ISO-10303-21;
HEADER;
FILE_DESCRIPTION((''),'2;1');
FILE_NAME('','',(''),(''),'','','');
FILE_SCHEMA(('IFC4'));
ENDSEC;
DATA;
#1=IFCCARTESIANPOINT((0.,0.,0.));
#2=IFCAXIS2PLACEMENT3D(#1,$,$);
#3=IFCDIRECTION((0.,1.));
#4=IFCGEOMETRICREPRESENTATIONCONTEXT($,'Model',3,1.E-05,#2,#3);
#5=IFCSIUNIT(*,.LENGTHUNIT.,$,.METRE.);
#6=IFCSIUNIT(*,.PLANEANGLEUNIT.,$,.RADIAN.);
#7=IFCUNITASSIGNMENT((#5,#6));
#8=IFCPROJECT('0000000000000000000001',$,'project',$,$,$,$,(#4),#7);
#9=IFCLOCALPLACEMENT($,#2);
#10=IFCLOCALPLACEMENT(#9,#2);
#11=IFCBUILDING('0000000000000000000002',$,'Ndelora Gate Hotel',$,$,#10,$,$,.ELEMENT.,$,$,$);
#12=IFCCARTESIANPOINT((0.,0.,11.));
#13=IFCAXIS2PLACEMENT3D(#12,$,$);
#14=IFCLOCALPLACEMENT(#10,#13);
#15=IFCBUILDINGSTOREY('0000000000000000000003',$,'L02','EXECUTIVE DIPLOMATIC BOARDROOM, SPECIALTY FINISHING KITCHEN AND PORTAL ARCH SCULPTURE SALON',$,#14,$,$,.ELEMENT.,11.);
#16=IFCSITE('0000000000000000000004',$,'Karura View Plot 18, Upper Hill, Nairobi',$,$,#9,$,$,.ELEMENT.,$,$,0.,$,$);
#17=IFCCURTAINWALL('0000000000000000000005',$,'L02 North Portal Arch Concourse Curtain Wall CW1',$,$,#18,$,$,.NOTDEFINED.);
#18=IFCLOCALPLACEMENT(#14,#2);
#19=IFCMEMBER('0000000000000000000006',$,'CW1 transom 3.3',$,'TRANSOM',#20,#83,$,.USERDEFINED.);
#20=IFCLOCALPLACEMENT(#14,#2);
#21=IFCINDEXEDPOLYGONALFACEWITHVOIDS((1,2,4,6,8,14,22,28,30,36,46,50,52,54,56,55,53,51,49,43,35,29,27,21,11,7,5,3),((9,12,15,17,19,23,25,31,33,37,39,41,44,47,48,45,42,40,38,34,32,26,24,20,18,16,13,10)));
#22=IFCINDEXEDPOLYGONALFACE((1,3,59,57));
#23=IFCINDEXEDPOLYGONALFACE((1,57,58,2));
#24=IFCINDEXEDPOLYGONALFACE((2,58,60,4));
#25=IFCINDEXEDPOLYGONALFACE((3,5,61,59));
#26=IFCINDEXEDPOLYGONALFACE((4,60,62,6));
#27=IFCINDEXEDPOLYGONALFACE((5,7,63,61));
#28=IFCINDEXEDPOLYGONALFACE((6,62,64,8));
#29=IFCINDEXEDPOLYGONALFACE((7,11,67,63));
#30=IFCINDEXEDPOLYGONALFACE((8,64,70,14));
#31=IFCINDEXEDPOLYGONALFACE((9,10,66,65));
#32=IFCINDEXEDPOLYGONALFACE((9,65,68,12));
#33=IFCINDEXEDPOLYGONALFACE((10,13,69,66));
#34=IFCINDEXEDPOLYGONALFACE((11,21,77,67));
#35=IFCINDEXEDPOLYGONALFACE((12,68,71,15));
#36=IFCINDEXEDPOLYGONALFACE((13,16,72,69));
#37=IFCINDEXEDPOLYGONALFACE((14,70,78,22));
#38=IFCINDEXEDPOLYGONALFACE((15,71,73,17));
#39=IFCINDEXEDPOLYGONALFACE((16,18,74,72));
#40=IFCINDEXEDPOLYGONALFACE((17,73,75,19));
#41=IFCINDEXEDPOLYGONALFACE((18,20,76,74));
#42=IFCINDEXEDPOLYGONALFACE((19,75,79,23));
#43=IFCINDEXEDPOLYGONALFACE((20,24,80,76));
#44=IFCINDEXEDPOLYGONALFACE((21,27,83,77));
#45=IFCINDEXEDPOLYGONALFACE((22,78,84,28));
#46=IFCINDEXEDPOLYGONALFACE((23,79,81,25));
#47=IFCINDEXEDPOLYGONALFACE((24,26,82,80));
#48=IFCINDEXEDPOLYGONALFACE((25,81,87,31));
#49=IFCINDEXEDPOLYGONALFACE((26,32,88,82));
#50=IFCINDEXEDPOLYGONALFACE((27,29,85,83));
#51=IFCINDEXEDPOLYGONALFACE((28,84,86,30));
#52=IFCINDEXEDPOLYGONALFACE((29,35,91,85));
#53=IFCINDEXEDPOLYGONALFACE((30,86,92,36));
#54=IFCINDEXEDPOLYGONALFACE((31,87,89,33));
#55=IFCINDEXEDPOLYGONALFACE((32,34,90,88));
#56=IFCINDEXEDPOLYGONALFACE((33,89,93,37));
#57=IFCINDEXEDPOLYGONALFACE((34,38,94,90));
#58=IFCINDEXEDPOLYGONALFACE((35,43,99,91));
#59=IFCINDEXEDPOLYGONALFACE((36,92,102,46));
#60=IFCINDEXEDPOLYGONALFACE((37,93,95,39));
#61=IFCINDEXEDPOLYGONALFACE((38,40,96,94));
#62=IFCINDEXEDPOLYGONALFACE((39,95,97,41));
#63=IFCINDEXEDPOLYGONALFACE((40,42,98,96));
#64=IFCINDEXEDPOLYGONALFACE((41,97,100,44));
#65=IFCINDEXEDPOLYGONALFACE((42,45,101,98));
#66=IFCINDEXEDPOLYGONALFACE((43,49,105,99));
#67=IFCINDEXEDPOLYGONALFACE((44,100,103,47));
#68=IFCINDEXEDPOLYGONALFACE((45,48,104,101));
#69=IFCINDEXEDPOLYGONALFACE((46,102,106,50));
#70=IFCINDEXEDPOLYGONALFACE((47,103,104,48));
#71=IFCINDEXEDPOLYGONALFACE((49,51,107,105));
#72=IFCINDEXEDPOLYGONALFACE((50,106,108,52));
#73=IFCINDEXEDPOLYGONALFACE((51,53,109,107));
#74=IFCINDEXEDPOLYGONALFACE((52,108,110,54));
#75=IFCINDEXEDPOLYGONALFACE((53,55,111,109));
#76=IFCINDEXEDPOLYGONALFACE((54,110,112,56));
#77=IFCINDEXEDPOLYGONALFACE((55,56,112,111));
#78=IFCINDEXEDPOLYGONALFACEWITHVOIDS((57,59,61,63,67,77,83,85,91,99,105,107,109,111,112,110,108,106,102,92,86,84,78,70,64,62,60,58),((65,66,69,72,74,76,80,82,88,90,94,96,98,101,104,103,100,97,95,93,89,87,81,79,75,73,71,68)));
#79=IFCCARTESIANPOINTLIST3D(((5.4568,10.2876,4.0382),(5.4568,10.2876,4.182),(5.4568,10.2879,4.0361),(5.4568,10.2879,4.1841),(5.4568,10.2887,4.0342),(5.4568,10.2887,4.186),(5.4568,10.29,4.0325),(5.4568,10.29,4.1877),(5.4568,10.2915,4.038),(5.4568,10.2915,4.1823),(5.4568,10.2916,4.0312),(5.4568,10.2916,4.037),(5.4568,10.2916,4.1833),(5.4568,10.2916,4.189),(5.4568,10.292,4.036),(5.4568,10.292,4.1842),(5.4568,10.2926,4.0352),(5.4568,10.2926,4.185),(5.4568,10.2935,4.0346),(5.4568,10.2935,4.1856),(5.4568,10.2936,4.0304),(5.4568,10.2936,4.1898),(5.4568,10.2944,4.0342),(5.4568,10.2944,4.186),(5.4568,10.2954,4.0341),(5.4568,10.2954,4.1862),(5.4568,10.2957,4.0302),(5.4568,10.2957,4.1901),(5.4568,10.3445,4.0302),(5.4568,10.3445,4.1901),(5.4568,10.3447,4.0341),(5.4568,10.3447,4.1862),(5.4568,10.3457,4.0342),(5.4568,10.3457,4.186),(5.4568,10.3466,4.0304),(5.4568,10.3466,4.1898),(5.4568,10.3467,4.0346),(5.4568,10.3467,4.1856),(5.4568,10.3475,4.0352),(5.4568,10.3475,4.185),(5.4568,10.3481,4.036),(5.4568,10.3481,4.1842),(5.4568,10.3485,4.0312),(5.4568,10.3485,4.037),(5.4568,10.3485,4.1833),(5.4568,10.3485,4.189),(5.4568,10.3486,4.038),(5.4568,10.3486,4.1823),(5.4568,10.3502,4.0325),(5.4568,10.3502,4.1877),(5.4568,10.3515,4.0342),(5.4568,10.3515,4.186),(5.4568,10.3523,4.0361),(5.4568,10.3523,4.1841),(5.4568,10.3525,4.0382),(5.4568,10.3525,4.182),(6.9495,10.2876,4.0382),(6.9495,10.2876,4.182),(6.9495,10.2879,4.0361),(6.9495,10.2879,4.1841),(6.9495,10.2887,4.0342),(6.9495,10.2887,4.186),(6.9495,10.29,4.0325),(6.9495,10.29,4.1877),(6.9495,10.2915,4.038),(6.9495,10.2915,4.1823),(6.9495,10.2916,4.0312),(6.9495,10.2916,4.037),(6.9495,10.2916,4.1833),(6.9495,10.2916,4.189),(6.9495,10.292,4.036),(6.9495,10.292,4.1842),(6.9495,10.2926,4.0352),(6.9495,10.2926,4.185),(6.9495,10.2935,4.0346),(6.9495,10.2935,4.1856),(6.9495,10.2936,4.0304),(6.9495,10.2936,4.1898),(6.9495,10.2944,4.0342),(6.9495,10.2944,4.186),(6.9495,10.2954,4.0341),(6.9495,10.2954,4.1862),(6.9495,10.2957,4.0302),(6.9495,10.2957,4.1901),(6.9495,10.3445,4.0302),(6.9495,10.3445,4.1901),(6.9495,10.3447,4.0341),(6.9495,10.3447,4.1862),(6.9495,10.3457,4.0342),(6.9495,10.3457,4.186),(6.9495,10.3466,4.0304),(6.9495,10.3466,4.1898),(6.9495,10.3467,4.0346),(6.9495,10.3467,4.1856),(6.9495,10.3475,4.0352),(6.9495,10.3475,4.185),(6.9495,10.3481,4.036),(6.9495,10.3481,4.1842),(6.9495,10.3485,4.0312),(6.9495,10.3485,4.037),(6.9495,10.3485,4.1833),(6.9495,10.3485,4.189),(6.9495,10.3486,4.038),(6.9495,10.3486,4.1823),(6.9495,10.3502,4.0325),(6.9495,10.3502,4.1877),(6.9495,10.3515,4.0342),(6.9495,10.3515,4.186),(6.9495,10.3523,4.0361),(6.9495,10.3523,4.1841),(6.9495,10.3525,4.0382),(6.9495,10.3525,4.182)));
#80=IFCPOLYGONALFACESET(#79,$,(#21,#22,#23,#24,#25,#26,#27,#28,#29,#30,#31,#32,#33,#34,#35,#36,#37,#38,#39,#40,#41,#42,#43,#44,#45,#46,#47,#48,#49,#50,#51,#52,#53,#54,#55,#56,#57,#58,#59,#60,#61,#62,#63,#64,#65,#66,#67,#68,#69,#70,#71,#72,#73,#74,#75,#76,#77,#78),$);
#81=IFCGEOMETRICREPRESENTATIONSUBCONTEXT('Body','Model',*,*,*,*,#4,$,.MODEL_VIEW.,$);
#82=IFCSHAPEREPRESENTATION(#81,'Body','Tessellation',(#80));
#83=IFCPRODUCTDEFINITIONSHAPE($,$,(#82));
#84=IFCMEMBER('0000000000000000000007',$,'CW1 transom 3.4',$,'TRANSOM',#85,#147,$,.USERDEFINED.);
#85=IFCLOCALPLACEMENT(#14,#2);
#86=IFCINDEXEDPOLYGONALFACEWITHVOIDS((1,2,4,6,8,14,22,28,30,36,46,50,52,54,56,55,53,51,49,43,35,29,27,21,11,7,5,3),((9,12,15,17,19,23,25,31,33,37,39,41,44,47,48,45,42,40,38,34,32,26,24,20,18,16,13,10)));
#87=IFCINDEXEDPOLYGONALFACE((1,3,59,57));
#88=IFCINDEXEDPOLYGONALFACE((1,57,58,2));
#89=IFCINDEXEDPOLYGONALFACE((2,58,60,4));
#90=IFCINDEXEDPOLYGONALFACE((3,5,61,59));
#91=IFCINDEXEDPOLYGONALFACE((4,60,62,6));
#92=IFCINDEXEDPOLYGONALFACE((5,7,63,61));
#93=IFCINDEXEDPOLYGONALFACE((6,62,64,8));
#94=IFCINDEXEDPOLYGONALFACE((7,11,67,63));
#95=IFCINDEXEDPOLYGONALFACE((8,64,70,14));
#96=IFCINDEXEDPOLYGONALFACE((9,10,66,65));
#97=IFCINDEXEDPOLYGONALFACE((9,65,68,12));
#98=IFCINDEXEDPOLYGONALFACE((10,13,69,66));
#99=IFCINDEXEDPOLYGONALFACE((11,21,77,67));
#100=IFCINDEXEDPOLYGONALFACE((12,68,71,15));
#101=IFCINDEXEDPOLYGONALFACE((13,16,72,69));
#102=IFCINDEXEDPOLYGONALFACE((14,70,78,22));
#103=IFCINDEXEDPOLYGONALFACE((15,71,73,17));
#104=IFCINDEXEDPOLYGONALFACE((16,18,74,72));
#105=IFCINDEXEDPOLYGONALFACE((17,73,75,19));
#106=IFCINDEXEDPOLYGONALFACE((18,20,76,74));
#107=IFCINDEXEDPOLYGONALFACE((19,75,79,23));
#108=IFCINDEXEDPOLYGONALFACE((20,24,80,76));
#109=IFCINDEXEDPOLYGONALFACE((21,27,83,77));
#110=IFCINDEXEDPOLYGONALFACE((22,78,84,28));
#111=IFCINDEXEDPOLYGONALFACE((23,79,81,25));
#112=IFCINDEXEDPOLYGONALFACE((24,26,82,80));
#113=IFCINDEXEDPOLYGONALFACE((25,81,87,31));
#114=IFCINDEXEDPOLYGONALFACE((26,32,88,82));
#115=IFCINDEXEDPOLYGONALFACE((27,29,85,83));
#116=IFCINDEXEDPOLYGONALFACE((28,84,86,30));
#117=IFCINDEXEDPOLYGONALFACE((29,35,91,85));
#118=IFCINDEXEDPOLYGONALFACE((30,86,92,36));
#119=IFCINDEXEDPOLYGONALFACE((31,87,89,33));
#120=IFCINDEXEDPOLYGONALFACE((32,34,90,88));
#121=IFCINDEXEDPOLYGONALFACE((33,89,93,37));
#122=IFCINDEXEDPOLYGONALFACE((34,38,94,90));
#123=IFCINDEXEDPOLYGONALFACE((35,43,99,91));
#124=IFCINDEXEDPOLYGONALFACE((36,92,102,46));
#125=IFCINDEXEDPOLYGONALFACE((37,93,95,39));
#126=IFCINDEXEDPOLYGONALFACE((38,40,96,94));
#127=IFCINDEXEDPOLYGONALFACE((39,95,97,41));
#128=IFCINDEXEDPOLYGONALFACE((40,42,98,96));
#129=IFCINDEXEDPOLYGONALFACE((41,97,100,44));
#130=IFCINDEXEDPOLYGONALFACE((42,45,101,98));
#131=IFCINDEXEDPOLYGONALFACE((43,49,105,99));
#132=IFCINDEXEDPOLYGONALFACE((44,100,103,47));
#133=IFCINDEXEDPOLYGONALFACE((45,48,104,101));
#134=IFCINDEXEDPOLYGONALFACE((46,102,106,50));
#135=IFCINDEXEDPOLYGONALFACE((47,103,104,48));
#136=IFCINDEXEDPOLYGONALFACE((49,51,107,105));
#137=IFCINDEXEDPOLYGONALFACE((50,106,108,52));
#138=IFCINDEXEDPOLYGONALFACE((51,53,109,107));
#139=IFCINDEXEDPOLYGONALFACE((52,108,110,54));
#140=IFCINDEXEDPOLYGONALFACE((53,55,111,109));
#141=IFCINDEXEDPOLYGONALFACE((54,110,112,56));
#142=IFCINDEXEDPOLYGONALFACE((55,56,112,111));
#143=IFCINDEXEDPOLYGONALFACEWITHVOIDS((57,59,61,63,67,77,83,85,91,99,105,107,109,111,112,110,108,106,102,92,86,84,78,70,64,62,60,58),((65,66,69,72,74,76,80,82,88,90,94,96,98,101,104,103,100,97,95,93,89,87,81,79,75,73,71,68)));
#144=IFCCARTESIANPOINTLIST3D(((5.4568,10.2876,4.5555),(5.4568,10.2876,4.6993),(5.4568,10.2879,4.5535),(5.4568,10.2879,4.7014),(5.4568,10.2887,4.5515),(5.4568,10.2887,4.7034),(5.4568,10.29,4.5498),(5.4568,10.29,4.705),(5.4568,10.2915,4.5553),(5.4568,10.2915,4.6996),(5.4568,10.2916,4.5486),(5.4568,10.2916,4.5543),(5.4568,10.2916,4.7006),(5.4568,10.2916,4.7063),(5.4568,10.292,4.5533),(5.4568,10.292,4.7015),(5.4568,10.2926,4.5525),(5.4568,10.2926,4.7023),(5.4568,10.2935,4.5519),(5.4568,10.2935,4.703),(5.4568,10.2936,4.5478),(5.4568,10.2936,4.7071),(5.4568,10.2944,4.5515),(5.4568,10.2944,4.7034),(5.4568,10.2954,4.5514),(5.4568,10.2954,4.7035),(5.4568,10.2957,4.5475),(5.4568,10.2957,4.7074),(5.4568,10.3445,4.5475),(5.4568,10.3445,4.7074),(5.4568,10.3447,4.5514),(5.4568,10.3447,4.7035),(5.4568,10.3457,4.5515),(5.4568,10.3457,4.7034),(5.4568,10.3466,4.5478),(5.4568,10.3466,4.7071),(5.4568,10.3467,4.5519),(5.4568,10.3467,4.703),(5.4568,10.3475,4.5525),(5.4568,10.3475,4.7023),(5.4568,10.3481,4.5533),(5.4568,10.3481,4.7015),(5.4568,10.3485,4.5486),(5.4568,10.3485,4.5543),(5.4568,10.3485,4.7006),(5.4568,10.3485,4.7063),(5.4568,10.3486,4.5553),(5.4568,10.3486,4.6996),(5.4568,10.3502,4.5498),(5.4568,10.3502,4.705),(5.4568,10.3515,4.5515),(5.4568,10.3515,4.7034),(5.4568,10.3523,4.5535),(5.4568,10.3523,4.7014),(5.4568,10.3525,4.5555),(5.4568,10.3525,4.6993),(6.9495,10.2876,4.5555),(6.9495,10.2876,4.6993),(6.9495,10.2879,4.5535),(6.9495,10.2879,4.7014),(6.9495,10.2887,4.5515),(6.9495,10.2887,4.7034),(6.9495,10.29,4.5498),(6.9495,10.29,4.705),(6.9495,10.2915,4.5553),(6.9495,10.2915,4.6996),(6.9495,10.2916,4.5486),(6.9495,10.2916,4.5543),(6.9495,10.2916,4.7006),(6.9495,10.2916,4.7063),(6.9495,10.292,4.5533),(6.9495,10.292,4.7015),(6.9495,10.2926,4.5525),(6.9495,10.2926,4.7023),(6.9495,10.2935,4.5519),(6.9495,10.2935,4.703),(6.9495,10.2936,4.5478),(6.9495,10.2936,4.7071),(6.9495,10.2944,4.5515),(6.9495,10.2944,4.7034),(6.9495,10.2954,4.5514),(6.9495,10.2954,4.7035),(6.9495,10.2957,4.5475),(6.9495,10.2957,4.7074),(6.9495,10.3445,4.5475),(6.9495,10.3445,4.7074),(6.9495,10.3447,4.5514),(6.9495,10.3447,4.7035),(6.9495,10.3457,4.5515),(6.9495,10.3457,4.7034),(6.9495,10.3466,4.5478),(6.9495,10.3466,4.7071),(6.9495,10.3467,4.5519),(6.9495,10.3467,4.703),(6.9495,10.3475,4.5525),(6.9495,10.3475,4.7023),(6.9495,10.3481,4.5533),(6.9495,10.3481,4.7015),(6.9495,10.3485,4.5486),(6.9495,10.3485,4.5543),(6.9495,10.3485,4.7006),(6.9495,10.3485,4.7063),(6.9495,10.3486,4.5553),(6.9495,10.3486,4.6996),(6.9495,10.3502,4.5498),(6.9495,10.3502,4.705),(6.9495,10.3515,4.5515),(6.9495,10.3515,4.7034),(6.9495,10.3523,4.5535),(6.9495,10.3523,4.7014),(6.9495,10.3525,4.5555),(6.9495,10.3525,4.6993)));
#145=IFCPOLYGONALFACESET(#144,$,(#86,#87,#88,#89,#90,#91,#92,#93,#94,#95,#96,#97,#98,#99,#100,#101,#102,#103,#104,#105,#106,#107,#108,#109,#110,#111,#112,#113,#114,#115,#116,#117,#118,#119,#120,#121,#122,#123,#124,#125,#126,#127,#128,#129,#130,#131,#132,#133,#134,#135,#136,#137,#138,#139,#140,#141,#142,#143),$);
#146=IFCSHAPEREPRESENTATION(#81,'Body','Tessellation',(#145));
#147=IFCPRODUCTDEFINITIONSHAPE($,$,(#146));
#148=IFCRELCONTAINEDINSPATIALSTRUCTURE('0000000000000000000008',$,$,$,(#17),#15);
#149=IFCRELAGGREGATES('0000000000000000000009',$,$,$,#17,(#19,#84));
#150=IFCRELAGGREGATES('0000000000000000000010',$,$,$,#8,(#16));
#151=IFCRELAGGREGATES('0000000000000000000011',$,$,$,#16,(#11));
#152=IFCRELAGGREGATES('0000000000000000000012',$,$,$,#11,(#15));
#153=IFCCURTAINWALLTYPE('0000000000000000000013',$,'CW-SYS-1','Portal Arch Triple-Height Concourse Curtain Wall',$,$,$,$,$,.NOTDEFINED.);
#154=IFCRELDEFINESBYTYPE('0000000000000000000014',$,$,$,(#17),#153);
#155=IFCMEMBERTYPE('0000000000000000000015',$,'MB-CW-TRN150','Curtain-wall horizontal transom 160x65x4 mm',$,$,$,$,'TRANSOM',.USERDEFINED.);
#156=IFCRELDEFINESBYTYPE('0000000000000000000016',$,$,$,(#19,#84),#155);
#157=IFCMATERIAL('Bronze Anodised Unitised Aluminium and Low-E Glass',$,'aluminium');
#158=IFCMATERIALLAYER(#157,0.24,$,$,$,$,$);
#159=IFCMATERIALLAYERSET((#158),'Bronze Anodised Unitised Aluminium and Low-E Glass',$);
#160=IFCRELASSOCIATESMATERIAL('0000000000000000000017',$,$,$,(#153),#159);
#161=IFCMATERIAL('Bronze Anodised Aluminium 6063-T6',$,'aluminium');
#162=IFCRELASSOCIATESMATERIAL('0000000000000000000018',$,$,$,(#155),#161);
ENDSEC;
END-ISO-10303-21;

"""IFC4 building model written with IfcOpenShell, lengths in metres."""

from ifc_helpers import new_model, si_unit, direction, frame, origin, origin_2d, place, context, subcontext, project, spatial, hollow_rectangle, extrude, material, layer, layer_set, material_profile, profile_set, type_object, element, aggregate, save


model = new_model("IFC4")

# Units and contexts
model_context = context("Model", 3, precision=1e-05, world=origin(), true_north=direction((0.0, 1.0)))
body_context = subcontext(model_context, "Body", "Model", "MODEL_VIEW")
ifc_project = project(units=[si_unit("LENGTHUNIT", "METRE"), si_unit("PLANEANGLEUNIT", "RADIAN")], contexts=[model_context])

# Site, building, storey
site_placement = place(None, origin())
site = spatial("IfcSite", under=ifc_project, at=site_placement, Name="Karura View Plot 18, Upper Hill, Nairobi", CompositionType="ELEMENT", RefElevation=0.0)
building_placement = place(site_placement, origin())
building = spatial("IfcBuilding", under=site, at=building_placement, Name="Ndelora Gate Hotel", CompositionType="ELEMENT")
storey_placement = place(building_placement, frame((0.0, 0.0, 11.0)))
storey = spatial("IfcBuildingStorey", under=building, at=storey_placement, Name="L02", Description="EXECUTIVE DIPLOMATIC BOARDROOM, SPECIALTY FINISHING KITCHEN AND PORTAL ARCH SCULPTURE SALON", CompositionType="ELEMENT", Elevation=11.0)

# Curtain wall, members
ifc_material_1 = material(Name="Bronze Anodised Unitised Aluminium and Low-E Glass", Category="aluminium")
ifc_layer_1 = layer(ifc_material_1, 0.24)
ifc_layer_set_1 = layer_set([ifc_layer_1], Name="Bronze Anodised Unitised Aluminium and Low-E Glass")
curtain_wall_type = type_object("IfcCurtainWallType", Name="CW-SYS-1", Description="Portal Arch Triple-Height Concourse Curtain Wall", PredefinedType="NOTDEFINED", material=ifc_layer_set_1)
curtain_wall_placement = place(storey_placement, origin())
curtain_wall = element("IfcCurtainWall", 1, at=curtain_wall_placement, inside=storey, type_object=curtain_wall_type, Name="L02 North Portal Arch Concourse Curtain Wall CW1", PredefinedType="NOTDEFINED")
ifc_material_2 = material(Name="Bronze Anodised Aluminium 6063-T6", Category="aluminium")
ifc_material_profile_1 = material_profile(ifc_material_2, hollow_rectangle(XDim=0.0649, YDim=0.1599, WallThickness=0.0039, InnerFilletRadius=0.0039, OuterFilletRadius=0.0081, at=origin_2d()), Name="ALU 160x65x4")
ifc_profile_set_1 = profile_set([ifc_material_profile_1], Name="Bronze Anodised Aluminium 6063-T6")
member_type_1 = type_object("IfcMemberType", Name="MB-CW-TRN150", Description="Curtain-wall horizontal transom 160x65x4 mm", ElementType="TRANSOM", PredefinedType="USERDEFINED", material=ifc_profile_set_1)
member_1_placement = place(storey_placement, frame((6.9495, 10.3201, 4.1101), z_axis=(-1.0, 0.0, 0.0), x_axis=(0.0, -1.0, 0.0)))
member_1 = element("IfcMember", 2, at=member_1_placement, type_object=member_type_1, Name="CW1 transom 3.3", ObjectType="TRANSOM", PredefinedType="USERDEFINED", context=body_context, shape_type="SweptSolid", body=[
    extrude(hollow_rectangle(XDim=0.0649, YDim=0.1599, WallThickness=0.0039, InnerFilletRadius=0.0039, OuterFilletRadius=0.0081, at=origin_2d()), origin(), (0.0, 0.0, 1.0), 1.4927),
])
member_2_placement = place(storey_placement, frame((6.9495, 10.3201, 4.6274), z_axis=(-1.0, 0.0, 0.0), x_axis=(0.0, -1.0, 0.0)))
member_2 = element("IfcMember", 3, at=member_2_placement, type_object=member_type_1, Name="CW1 transom 3.4", ObjectType="TRANSOM", PredefinedType="USERDEFINED", context=body_context, shape_type="SweptSolid", body=[
    extrude(hollow_rectangle(XDim=0.0649, YDim=0.1599, WallThickness=0.0039, InnerFilletRadius=0.0039, OuterFilletRadius=0.0081, at=origin_2d()), origin(), (0.0, 0.0, 1.0), 1.4927),
])
aggregate(curtain_wall, [member_1, member_2])

save(model, "model.ifc")
